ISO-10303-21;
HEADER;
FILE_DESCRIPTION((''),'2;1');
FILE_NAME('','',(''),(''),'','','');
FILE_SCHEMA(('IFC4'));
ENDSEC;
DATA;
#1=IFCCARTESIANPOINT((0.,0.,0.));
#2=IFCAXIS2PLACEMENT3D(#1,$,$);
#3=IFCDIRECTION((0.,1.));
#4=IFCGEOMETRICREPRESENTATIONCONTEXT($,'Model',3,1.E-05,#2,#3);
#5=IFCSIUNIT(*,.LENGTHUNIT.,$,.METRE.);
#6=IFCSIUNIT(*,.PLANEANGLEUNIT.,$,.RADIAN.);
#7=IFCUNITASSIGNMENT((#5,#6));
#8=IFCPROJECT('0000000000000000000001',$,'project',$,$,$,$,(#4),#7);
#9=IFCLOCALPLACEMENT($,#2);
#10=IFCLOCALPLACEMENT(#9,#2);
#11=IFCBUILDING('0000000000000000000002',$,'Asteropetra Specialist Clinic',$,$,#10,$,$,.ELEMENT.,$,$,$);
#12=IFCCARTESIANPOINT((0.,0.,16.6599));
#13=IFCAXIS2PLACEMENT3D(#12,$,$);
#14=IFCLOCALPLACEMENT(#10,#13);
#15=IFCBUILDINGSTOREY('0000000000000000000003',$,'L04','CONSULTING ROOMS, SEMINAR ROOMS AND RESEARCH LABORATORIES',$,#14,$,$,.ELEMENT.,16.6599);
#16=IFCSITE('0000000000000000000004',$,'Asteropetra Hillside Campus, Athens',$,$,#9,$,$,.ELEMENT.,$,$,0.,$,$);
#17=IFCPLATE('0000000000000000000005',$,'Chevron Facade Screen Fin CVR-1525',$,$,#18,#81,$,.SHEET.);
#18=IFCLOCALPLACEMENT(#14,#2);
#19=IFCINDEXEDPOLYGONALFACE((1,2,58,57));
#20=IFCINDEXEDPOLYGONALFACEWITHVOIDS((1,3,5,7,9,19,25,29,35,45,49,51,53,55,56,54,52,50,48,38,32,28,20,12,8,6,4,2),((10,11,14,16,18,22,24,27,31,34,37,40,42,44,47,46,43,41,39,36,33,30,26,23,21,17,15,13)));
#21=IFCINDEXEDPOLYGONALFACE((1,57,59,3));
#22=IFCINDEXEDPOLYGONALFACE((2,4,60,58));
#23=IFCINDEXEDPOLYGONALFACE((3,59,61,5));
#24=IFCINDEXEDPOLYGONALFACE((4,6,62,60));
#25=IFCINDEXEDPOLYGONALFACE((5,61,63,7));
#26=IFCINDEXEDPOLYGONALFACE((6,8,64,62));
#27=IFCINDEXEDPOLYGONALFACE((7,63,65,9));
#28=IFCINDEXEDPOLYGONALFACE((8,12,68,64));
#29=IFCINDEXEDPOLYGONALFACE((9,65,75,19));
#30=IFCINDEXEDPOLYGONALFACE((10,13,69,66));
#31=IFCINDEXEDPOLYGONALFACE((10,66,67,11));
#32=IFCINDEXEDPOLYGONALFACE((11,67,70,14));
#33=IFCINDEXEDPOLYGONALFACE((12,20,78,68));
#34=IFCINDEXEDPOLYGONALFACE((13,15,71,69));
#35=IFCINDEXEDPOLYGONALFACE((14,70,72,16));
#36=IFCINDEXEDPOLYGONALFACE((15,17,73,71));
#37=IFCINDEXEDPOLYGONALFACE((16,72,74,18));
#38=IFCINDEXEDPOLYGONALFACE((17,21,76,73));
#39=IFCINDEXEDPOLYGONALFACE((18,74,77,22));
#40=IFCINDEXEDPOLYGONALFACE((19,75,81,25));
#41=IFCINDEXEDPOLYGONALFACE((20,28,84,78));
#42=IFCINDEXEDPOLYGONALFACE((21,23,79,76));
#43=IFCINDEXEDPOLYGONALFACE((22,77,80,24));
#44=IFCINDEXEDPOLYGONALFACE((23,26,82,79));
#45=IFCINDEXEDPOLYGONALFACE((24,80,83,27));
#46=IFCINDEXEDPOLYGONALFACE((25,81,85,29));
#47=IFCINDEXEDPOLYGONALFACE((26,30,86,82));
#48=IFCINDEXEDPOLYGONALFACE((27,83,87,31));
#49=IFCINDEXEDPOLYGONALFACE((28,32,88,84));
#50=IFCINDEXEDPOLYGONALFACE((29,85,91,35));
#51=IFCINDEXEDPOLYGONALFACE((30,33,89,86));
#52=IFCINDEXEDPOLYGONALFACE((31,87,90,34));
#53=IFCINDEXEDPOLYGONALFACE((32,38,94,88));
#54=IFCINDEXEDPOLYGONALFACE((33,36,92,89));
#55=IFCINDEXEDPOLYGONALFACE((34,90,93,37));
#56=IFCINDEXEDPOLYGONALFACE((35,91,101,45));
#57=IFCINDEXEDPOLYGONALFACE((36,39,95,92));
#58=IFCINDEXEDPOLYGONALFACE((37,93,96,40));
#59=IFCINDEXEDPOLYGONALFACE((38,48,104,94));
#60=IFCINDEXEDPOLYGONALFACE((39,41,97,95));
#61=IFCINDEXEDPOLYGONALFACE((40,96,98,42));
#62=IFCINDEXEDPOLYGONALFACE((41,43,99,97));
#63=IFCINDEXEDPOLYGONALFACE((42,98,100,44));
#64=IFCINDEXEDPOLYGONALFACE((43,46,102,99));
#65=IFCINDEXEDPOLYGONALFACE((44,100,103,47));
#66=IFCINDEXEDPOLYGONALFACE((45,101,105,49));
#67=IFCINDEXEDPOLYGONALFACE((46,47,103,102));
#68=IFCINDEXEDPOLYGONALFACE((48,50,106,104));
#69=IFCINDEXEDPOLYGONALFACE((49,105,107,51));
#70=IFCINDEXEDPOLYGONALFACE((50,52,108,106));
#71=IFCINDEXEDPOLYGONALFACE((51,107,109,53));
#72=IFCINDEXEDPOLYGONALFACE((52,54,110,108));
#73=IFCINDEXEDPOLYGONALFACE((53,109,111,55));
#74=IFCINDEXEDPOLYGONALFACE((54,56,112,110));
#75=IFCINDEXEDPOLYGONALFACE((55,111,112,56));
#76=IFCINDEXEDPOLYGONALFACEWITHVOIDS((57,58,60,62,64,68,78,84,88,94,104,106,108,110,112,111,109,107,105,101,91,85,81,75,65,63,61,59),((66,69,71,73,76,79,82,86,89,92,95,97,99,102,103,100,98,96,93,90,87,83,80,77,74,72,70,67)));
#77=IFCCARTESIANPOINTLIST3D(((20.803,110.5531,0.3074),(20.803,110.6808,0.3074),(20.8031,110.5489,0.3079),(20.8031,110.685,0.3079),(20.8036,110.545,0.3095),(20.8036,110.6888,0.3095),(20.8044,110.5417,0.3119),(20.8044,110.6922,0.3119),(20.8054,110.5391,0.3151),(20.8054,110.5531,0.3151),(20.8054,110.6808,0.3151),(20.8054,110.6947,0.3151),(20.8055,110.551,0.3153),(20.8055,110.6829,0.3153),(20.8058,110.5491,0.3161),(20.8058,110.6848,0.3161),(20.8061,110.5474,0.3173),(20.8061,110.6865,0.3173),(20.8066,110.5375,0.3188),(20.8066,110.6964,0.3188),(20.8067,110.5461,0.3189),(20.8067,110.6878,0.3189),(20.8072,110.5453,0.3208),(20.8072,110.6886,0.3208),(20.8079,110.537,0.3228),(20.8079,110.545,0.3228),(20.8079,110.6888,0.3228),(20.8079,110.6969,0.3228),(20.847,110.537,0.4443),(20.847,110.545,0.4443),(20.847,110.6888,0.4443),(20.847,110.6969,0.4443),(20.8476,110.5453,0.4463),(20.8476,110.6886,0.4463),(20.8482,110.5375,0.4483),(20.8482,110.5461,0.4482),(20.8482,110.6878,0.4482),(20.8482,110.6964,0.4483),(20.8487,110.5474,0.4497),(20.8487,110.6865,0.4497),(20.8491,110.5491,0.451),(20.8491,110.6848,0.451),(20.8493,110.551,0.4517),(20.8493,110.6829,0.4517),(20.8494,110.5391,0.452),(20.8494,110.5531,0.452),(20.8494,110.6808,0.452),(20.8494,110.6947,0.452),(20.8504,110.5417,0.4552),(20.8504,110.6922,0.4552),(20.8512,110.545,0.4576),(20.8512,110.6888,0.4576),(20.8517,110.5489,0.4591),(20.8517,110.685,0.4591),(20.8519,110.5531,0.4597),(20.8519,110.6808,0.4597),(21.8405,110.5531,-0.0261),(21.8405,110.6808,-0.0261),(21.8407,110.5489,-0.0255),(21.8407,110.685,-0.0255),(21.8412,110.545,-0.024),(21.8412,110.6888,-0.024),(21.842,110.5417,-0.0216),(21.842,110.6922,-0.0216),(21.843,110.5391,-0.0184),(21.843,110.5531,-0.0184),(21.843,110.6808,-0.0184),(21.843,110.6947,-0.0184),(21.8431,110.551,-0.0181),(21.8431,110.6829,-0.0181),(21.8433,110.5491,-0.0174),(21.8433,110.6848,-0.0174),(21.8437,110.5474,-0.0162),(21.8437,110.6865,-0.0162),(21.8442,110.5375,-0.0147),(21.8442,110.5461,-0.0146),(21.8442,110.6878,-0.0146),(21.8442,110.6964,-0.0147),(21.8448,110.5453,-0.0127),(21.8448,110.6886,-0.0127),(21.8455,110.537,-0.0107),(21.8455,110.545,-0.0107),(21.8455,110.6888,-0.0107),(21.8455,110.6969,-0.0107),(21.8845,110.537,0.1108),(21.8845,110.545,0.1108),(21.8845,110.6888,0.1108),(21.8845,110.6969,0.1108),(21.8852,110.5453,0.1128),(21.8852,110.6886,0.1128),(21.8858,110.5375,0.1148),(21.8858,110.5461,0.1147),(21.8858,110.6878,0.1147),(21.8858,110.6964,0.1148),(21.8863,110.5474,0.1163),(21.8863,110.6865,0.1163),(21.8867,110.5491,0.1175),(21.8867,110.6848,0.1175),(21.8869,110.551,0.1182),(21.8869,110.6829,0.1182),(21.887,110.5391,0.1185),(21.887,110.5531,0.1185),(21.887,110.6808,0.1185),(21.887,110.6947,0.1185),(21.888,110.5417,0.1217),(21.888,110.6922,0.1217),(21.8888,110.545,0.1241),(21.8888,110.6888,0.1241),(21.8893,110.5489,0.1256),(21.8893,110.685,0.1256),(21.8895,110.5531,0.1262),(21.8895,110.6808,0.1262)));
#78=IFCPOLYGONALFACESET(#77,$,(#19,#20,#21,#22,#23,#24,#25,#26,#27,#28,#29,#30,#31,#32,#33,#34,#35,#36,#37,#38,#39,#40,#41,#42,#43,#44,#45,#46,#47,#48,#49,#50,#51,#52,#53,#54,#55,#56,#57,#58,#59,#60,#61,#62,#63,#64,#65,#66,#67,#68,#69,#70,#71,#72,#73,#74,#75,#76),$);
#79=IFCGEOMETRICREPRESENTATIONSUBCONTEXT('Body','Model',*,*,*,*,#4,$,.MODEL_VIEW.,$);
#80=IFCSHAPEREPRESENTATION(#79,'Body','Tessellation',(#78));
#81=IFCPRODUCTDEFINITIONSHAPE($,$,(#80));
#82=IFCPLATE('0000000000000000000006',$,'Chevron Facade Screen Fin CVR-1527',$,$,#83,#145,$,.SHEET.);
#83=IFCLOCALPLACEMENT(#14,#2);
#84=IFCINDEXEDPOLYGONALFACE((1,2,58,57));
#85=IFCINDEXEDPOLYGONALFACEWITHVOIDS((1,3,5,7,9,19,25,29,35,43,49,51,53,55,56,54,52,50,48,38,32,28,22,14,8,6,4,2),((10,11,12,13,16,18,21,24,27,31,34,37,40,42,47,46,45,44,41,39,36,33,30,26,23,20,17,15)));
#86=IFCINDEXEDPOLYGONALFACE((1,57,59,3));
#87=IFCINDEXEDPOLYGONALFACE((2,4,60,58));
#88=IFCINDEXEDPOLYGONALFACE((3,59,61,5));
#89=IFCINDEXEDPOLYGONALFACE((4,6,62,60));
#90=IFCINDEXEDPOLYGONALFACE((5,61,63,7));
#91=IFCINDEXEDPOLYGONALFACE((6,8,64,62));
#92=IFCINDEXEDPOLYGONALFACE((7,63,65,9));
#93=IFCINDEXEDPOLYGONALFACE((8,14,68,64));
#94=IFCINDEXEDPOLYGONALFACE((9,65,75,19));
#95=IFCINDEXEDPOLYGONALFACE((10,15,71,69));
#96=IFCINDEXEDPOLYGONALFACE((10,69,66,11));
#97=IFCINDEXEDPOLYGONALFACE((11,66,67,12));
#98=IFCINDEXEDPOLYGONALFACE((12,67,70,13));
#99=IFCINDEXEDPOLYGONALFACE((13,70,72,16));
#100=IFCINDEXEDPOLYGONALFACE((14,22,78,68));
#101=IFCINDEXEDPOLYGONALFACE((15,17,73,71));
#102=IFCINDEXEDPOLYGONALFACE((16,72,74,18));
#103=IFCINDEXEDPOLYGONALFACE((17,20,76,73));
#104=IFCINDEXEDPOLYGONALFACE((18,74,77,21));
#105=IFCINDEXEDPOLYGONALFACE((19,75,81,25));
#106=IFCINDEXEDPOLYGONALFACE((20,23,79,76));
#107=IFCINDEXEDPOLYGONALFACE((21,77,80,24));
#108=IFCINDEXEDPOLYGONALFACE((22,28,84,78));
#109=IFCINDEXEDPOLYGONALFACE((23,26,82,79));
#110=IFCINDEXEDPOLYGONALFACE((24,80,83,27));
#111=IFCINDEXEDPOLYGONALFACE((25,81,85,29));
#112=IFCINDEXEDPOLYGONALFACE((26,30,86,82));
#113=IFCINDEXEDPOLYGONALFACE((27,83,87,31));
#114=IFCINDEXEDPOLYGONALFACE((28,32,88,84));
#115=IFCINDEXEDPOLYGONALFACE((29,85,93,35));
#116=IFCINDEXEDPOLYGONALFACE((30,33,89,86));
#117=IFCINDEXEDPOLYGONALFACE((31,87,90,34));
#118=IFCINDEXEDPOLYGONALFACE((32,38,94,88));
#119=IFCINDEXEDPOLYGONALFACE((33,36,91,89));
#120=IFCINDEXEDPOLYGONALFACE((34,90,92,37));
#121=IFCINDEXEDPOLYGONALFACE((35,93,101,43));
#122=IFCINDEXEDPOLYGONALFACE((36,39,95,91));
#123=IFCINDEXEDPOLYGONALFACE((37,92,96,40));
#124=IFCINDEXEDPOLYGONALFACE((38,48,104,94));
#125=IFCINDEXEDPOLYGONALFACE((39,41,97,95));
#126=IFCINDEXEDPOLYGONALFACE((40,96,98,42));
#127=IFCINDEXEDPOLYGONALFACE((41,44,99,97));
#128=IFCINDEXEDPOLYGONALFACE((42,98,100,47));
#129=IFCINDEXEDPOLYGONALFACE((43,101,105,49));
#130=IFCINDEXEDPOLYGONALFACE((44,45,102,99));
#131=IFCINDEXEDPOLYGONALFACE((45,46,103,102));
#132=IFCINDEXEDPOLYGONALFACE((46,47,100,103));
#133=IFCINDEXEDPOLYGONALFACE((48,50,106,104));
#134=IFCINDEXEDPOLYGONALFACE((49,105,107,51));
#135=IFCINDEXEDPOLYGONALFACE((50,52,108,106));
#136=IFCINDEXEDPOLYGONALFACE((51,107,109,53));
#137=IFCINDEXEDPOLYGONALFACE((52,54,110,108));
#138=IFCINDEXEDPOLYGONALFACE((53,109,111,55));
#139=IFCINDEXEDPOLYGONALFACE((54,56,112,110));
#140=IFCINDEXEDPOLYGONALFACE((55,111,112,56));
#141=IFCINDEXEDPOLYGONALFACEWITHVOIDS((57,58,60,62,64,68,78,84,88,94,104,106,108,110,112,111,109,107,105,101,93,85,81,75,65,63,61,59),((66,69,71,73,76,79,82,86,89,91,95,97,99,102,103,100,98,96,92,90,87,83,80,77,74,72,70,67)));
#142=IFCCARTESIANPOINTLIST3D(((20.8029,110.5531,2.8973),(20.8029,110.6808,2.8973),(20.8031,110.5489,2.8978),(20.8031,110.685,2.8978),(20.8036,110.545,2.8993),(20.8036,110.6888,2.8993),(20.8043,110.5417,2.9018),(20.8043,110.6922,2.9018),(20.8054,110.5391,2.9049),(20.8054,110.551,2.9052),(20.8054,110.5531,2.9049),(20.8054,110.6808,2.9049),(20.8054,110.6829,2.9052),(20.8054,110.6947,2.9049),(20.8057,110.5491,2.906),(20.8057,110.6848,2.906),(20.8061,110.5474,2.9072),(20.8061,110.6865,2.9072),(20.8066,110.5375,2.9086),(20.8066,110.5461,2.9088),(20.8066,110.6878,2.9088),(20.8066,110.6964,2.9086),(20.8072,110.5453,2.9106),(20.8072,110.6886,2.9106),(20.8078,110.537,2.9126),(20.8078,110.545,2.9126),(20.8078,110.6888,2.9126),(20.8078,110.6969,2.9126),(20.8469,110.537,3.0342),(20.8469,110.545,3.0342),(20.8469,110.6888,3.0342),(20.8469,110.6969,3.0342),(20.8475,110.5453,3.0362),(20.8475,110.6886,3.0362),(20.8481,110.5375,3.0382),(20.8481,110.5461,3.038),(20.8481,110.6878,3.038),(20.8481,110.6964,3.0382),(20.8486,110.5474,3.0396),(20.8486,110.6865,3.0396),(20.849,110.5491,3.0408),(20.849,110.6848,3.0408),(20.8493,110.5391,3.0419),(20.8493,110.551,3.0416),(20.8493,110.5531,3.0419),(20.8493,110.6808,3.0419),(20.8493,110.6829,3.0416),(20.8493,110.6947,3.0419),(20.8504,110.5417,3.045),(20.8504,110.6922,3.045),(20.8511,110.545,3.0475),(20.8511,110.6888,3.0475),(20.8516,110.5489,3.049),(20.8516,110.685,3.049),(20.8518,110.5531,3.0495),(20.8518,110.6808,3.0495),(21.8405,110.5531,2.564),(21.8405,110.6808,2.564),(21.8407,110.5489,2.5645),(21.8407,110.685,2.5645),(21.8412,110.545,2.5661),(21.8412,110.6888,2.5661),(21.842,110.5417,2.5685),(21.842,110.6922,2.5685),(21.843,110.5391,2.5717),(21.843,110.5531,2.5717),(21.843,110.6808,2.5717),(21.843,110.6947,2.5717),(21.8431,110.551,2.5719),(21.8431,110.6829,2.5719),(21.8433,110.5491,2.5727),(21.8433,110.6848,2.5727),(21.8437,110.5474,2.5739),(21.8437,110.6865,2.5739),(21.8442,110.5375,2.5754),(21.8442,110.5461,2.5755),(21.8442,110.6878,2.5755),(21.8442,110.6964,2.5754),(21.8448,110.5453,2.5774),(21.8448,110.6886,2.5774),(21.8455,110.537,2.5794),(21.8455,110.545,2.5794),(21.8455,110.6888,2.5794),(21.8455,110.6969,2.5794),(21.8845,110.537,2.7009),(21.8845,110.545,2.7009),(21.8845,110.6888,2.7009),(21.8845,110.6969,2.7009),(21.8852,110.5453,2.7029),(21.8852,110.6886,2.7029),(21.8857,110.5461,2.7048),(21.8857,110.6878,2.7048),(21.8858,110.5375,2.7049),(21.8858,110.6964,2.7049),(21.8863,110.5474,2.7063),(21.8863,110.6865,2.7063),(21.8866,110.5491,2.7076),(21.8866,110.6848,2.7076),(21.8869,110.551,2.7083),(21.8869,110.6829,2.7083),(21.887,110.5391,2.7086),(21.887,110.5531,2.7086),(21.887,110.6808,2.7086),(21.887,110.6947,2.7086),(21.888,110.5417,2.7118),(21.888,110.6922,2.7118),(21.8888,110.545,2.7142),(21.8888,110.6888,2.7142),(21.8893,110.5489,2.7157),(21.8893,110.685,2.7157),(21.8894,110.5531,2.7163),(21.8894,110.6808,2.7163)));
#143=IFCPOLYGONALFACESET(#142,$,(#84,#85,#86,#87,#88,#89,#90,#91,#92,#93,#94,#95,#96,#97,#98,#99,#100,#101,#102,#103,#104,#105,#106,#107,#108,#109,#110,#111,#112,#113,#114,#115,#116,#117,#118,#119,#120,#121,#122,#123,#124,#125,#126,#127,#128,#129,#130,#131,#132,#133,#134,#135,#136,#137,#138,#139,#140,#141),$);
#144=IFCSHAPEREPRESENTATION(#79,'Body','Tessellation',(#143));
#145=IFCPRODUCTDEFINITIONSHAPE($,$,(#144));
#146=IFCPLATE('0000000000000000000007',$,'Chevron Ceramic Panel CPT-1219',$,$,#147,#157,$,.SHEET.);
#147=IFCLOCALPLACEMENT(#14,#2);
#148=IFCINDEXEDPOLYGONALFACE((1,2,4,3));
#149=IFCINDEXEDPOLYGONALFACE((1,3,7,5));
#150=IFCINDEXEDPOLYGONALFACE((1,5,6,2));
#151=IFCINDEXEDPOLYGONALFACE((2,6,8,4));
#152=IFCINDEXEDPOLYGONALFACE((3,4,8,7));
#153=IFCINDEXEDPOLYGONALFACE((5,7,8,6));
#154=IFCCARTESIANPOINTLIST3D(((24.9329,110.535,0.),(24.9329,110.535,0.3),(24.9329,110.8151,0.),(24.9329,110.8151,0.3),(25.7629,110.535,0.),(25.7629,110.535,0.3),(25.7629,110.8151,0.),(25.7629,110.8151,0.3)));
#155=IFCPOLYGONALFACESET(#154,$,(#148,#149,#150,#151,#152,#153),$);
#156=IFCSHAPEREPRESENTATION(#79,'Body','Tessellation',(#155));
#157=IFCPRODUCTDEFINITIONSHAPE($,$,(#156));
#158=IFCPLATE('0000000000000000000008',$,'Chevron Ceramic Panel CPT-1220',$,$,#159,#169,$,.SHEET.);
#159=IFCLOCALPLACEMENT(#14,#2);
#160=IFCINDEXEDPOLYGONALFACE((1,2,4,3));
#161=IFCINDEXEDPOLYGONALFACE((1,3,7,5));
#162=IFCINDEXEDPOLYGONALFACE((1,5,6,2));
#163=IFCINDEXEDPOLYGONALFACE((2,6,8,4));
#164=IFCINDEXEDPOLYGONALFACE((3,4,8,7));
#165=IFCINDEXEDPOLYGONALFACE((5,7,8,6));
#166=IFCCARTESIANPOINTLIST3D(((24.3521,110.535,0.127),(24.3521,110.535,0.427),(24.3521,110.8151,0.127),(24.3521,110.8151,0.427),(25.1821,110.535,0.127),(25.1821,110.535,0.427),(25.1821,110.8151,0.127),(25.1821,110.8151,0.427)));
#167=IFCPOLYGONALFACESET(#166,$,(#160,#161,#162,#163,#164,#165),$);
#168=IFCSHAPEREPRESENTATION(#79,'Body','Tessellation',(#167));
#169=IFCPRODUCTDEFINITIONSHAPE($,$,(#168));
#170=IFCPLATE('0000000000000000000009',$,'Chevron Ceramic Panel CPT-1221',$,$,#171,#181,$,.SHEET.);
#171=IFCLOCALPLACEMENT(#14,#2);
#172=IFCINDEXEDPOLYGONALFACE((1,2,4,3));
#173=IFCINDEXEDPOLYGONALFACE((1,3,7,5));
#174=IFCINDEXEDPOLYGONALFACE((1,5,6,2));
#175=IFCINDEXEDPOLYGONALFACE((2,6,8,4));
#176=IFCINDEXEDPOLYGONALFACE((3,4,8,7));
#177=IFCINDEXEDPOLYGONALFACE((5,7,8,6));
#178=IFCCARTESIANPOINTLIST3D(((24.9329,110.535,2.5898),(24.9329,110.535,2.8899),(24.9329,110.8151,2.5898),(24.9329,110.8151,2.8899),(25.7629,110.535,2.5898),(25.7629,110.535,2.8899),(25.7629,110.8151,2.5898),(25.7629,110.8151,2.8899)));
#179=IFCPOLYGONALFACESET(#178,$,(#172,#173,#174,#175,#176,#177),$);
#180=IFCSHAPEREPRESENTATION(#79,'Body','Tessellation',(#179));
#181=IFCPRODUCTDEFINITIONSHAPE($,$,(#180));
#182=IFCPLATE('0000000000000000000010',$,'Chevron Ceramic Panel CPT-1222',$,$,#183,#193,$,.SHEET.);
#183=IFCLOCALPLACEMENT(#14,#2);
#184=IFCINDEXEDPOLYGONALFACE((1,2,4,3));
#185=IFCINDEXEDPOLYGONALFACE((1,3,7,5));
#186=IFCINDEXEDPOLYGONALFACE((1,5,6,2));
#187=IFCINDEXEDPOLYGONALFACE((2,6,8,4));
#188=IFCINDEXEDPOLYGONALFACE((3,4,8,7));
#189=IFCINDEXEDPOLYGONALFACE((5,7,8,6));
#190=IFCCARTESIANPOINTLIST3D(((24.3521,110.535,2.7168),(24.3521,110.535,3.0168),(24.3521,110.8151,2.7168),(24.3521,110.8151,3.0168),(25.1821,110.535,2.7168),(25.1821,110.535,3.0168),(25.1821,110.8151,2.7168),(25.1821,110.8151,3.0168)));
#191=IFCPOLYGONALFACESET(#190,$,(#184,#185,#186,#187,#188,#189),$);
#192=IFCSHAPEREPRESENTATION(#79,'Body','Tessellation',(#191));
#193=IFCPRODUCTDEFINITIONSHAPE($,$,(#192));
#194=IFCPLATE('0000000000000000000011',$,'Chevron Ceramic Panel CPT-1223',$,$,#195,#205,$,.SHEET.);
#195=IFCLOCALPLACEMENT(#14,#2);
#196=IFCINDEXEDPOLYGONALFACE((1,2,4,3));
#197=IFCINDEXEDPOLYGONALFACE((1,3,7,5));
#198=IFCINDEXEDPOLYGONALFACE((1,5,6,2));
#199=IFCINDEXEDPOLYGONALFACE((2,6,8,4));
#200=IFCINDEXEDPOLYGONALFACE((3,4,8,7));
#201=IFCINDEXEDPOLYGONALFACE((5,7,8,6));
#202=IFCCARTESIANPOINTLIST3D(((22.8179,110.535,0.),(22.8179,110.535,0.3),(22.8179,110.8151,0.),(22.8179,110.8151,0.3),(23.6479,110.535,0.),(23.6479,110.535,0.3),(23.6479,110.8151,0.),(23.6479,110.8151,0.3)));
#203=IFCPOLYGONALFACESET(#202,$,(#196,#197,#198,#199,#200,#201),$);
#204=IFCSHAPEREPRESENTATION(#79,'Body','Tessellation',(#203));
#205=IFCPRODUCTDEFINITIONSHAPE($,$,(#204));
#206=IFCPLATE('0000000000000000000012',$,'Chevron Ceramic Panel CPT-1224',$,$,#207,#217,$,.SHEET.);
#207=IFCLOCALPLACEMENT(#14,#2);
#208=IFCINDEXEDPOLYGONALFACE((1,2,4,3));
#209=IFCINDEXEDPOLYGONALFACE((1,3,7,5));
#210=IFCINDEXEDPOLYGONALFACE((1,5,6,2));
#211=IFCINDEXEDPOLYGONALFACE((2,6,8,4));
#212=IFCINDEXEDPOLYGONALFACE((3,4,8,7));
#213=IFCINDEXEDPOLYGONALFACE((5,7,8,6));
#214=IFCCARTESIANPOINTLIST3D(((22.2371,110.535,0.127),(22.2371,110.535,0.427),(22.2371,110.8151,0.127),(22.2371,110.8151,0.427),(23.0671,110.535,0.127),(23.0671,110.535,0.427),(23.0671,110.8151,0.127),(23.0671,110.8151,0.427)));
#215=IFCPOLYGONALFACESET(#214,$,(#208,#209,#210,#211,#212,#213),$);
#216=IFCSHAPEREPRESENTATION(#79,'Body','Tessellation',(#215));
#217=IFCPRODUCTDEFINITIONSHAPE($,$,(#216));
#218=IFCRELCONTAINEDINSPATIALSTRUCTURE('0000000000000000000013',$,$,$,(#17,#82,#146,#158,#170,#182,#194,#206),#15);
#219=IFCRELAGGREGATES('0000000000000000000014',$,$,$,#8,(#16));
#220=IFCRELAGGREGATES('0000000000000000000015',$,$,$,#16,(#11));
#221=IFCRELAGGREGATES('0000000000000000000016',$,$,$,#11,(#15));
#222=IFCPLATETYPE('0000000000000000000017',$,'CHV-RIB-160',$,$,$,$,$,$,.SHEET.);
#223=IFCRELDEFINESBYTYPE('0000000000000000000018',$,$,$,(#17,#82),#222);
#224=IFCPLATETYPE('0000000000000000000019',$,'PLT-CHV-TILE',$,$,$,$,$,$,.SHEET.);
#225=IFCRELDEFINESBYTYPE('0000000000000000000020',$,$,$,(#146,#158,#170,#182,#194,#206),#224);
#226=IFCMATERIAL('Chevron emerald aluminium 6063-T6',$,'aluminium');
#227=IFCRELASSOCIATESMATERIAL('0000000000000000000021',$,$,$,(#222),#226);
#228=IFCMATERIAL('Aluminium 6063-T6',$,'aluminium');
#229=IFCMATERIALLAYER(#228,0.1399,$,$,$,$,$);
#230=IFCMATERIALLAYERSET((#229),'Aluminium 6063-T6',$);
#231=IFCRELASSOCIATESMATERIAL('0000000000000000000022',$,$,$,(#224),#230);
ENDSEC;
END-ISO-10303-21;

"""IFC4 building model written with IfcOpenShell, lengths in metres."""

from ifc_helpers import new_model, si_unit, direction, frame, origin, origin_2d, place, context, subcontext, project, spatial, rectangle, hollow_rectangle, extrude, material, layer, layer_set, material_profile, profile_set, type_object, element, save


model = new_model("IFC4")

# Units and contexts
model_context = context("Model", 3, precision=1e-05, world=origin(), true_north=direction((0.0, 1.0)))
body_context = subcontext(model_context, "Body", "Model", "MODEL_VIEW")
ifc_project = project(units=[si_unit("LENGTHUNIT", "METRE"), si_unit("PLANEANGLEUNIT", "RADIAN")], contexts=[model_context])

# Site, building, storey
site_placement = place(None, origin())
site = spatial("IfcSite", under=ifc_project, at=site_placement, Name="Asteropetra Hillside Campus, Athens", CompositionType="ELEMENT", RefElevation=0.0)
building_placement = place(site_placement, origin())
building = spatial("IfcBuilding", under=site, at=building_placement, Name="Asteropetra Specialist Clinic", CompositionType="ELEMENT")
storey_placement = place(building_placement, frame((0.0, 0.0, 16.6599)))
storey = spatial("IfcBuildingStorey", under=building, at=storey_placement, Name="L04", Description="CONSULTING ROOMS, SEMINAR ROOMS AND RESEARCH LABORATORIES", CompositionType="ELEMENT", Elevation=16.6599)

# Plates
ifc_material_1 = material(Name="Chevron emerald aluminium 6063-T6", Category="aluminium")
ifc_material_profile = material_profile(ifc_material_1, hollow_rectangle(XDim=0.1599, YDim=0.1599, WallThickness=0.0081, InnerFilletRadius=0.0081, OuterFilletRadius=0.0161, at=origin_2d()), Name="SHS 160x160x8.0")
ifc_profile_set = profile_set([ifc_material_profile], Name="Chevron emerald aluminium 6063-T6")
plate_type_1 = type_object("IfcPlateType", Name="CHV-RIB-160", PredefinedType="SHEET", material=ifc_profile_set)
for number, where, z_axis, x_axis, name in (
    (1, (21.865, 110.6169, 0.05), (-0.952033, 0.0, 0.305995), (0.0, -1.0, 0.0), "Chevron Facade Screen Fin CVR-1525"),
    (2, (21.865, 110.6169, 2.6401), (-0.952098, 0.0, 0.305792), (0.0, -1.0, 0.0), "Chevron Facade Screen Fin CVR-1527"),
):
    element("IfcPlate", number, at=place(storey_placement, frame(where, z_axis=z_axis, x_axis=x_axis)), inside=storey, type_object=plate_type_1, Name=name, PredefinedType="SHEET", context=body_context, shape_type="SweptSolid", body=[
        extrude(hollow_rectangle(XDim=0.1599, YDim=0.1599, WallThickness=0.0081, InnerFilletRadius=0.0081, OuterFilletRadius=0.0161, at=origin_2d()), origin(), (0.0, 0.0, 1.0), 1.0898),
    ])
ifc_material_2 = material(Name="Aluminium 6063-T6", Category="aluminium")
ifc_layer_1 = layer(ifc_material_2, 0.1399)
ifc_layer_set_1 = layer_set([ifc_layer_1], Name="Aluminium 6063-T6")
plate_type_2 = type_object("IfcPlateType", Name="PLT-CHV-TILE", PredefinedType="SHEET", material=ifc_layer_set_1)
for number, where, z_axis, x_axis, name in (
    (3, (25.3479, 110.675, 0.0), (0.0, 0.0, 1.0), (1.0, 0.0, 0.0), "Chevron Ceramic Panel CPT-1219"),
    (4, (24.7671, 110.675, 0.127), (0.0, 0.0, 1.0), (1.0, 0.0, 0.0), "Chevron Ceramic Panel CPT-1220"),
    (5, (25.3479, 110.675, 2.5898), (0.0, 0.0, 1.0), (1.0, 0.0, 0.0), "Chevron Ceramic Panel CPT-1221"),
    (6, (24.7671, 110.675, 2.7168), (0.0, 0.0, 1.0), (1.0, 0.0, 0.0), "Chevron Ceramic Panel CPT-1222"),
    (7, (23.2329, 110.675, 0.0), (0.0, 0.0, 1.0), (1.0, 0.0, 0.0), "Chevron Ceramic Panel CPT-1223"),
    (8, (22.6521, 110.675, 0.127), (0.0, 0.0, 1.0), (1.0, 0.0, 0.0), "Chevron Ceramic Panel CPT-1224"),
):
    element("IfcPlate", number, at=place(storey_placement, frame(where, z_axis=z_axis, x_axis=x_axis)), inside=storey, type_object=plate_type_2, Name=name, PredefinedType="SHEET", context=body_context, shape_type="SweptSolid", body=[
        extrude(rectangle(XDim=0.8301, YDim=0.28, at=origin_2d()), origin(), (0.0, 0.0, 1.0), 0.3),
    ])

save(model, "model.ifc")
